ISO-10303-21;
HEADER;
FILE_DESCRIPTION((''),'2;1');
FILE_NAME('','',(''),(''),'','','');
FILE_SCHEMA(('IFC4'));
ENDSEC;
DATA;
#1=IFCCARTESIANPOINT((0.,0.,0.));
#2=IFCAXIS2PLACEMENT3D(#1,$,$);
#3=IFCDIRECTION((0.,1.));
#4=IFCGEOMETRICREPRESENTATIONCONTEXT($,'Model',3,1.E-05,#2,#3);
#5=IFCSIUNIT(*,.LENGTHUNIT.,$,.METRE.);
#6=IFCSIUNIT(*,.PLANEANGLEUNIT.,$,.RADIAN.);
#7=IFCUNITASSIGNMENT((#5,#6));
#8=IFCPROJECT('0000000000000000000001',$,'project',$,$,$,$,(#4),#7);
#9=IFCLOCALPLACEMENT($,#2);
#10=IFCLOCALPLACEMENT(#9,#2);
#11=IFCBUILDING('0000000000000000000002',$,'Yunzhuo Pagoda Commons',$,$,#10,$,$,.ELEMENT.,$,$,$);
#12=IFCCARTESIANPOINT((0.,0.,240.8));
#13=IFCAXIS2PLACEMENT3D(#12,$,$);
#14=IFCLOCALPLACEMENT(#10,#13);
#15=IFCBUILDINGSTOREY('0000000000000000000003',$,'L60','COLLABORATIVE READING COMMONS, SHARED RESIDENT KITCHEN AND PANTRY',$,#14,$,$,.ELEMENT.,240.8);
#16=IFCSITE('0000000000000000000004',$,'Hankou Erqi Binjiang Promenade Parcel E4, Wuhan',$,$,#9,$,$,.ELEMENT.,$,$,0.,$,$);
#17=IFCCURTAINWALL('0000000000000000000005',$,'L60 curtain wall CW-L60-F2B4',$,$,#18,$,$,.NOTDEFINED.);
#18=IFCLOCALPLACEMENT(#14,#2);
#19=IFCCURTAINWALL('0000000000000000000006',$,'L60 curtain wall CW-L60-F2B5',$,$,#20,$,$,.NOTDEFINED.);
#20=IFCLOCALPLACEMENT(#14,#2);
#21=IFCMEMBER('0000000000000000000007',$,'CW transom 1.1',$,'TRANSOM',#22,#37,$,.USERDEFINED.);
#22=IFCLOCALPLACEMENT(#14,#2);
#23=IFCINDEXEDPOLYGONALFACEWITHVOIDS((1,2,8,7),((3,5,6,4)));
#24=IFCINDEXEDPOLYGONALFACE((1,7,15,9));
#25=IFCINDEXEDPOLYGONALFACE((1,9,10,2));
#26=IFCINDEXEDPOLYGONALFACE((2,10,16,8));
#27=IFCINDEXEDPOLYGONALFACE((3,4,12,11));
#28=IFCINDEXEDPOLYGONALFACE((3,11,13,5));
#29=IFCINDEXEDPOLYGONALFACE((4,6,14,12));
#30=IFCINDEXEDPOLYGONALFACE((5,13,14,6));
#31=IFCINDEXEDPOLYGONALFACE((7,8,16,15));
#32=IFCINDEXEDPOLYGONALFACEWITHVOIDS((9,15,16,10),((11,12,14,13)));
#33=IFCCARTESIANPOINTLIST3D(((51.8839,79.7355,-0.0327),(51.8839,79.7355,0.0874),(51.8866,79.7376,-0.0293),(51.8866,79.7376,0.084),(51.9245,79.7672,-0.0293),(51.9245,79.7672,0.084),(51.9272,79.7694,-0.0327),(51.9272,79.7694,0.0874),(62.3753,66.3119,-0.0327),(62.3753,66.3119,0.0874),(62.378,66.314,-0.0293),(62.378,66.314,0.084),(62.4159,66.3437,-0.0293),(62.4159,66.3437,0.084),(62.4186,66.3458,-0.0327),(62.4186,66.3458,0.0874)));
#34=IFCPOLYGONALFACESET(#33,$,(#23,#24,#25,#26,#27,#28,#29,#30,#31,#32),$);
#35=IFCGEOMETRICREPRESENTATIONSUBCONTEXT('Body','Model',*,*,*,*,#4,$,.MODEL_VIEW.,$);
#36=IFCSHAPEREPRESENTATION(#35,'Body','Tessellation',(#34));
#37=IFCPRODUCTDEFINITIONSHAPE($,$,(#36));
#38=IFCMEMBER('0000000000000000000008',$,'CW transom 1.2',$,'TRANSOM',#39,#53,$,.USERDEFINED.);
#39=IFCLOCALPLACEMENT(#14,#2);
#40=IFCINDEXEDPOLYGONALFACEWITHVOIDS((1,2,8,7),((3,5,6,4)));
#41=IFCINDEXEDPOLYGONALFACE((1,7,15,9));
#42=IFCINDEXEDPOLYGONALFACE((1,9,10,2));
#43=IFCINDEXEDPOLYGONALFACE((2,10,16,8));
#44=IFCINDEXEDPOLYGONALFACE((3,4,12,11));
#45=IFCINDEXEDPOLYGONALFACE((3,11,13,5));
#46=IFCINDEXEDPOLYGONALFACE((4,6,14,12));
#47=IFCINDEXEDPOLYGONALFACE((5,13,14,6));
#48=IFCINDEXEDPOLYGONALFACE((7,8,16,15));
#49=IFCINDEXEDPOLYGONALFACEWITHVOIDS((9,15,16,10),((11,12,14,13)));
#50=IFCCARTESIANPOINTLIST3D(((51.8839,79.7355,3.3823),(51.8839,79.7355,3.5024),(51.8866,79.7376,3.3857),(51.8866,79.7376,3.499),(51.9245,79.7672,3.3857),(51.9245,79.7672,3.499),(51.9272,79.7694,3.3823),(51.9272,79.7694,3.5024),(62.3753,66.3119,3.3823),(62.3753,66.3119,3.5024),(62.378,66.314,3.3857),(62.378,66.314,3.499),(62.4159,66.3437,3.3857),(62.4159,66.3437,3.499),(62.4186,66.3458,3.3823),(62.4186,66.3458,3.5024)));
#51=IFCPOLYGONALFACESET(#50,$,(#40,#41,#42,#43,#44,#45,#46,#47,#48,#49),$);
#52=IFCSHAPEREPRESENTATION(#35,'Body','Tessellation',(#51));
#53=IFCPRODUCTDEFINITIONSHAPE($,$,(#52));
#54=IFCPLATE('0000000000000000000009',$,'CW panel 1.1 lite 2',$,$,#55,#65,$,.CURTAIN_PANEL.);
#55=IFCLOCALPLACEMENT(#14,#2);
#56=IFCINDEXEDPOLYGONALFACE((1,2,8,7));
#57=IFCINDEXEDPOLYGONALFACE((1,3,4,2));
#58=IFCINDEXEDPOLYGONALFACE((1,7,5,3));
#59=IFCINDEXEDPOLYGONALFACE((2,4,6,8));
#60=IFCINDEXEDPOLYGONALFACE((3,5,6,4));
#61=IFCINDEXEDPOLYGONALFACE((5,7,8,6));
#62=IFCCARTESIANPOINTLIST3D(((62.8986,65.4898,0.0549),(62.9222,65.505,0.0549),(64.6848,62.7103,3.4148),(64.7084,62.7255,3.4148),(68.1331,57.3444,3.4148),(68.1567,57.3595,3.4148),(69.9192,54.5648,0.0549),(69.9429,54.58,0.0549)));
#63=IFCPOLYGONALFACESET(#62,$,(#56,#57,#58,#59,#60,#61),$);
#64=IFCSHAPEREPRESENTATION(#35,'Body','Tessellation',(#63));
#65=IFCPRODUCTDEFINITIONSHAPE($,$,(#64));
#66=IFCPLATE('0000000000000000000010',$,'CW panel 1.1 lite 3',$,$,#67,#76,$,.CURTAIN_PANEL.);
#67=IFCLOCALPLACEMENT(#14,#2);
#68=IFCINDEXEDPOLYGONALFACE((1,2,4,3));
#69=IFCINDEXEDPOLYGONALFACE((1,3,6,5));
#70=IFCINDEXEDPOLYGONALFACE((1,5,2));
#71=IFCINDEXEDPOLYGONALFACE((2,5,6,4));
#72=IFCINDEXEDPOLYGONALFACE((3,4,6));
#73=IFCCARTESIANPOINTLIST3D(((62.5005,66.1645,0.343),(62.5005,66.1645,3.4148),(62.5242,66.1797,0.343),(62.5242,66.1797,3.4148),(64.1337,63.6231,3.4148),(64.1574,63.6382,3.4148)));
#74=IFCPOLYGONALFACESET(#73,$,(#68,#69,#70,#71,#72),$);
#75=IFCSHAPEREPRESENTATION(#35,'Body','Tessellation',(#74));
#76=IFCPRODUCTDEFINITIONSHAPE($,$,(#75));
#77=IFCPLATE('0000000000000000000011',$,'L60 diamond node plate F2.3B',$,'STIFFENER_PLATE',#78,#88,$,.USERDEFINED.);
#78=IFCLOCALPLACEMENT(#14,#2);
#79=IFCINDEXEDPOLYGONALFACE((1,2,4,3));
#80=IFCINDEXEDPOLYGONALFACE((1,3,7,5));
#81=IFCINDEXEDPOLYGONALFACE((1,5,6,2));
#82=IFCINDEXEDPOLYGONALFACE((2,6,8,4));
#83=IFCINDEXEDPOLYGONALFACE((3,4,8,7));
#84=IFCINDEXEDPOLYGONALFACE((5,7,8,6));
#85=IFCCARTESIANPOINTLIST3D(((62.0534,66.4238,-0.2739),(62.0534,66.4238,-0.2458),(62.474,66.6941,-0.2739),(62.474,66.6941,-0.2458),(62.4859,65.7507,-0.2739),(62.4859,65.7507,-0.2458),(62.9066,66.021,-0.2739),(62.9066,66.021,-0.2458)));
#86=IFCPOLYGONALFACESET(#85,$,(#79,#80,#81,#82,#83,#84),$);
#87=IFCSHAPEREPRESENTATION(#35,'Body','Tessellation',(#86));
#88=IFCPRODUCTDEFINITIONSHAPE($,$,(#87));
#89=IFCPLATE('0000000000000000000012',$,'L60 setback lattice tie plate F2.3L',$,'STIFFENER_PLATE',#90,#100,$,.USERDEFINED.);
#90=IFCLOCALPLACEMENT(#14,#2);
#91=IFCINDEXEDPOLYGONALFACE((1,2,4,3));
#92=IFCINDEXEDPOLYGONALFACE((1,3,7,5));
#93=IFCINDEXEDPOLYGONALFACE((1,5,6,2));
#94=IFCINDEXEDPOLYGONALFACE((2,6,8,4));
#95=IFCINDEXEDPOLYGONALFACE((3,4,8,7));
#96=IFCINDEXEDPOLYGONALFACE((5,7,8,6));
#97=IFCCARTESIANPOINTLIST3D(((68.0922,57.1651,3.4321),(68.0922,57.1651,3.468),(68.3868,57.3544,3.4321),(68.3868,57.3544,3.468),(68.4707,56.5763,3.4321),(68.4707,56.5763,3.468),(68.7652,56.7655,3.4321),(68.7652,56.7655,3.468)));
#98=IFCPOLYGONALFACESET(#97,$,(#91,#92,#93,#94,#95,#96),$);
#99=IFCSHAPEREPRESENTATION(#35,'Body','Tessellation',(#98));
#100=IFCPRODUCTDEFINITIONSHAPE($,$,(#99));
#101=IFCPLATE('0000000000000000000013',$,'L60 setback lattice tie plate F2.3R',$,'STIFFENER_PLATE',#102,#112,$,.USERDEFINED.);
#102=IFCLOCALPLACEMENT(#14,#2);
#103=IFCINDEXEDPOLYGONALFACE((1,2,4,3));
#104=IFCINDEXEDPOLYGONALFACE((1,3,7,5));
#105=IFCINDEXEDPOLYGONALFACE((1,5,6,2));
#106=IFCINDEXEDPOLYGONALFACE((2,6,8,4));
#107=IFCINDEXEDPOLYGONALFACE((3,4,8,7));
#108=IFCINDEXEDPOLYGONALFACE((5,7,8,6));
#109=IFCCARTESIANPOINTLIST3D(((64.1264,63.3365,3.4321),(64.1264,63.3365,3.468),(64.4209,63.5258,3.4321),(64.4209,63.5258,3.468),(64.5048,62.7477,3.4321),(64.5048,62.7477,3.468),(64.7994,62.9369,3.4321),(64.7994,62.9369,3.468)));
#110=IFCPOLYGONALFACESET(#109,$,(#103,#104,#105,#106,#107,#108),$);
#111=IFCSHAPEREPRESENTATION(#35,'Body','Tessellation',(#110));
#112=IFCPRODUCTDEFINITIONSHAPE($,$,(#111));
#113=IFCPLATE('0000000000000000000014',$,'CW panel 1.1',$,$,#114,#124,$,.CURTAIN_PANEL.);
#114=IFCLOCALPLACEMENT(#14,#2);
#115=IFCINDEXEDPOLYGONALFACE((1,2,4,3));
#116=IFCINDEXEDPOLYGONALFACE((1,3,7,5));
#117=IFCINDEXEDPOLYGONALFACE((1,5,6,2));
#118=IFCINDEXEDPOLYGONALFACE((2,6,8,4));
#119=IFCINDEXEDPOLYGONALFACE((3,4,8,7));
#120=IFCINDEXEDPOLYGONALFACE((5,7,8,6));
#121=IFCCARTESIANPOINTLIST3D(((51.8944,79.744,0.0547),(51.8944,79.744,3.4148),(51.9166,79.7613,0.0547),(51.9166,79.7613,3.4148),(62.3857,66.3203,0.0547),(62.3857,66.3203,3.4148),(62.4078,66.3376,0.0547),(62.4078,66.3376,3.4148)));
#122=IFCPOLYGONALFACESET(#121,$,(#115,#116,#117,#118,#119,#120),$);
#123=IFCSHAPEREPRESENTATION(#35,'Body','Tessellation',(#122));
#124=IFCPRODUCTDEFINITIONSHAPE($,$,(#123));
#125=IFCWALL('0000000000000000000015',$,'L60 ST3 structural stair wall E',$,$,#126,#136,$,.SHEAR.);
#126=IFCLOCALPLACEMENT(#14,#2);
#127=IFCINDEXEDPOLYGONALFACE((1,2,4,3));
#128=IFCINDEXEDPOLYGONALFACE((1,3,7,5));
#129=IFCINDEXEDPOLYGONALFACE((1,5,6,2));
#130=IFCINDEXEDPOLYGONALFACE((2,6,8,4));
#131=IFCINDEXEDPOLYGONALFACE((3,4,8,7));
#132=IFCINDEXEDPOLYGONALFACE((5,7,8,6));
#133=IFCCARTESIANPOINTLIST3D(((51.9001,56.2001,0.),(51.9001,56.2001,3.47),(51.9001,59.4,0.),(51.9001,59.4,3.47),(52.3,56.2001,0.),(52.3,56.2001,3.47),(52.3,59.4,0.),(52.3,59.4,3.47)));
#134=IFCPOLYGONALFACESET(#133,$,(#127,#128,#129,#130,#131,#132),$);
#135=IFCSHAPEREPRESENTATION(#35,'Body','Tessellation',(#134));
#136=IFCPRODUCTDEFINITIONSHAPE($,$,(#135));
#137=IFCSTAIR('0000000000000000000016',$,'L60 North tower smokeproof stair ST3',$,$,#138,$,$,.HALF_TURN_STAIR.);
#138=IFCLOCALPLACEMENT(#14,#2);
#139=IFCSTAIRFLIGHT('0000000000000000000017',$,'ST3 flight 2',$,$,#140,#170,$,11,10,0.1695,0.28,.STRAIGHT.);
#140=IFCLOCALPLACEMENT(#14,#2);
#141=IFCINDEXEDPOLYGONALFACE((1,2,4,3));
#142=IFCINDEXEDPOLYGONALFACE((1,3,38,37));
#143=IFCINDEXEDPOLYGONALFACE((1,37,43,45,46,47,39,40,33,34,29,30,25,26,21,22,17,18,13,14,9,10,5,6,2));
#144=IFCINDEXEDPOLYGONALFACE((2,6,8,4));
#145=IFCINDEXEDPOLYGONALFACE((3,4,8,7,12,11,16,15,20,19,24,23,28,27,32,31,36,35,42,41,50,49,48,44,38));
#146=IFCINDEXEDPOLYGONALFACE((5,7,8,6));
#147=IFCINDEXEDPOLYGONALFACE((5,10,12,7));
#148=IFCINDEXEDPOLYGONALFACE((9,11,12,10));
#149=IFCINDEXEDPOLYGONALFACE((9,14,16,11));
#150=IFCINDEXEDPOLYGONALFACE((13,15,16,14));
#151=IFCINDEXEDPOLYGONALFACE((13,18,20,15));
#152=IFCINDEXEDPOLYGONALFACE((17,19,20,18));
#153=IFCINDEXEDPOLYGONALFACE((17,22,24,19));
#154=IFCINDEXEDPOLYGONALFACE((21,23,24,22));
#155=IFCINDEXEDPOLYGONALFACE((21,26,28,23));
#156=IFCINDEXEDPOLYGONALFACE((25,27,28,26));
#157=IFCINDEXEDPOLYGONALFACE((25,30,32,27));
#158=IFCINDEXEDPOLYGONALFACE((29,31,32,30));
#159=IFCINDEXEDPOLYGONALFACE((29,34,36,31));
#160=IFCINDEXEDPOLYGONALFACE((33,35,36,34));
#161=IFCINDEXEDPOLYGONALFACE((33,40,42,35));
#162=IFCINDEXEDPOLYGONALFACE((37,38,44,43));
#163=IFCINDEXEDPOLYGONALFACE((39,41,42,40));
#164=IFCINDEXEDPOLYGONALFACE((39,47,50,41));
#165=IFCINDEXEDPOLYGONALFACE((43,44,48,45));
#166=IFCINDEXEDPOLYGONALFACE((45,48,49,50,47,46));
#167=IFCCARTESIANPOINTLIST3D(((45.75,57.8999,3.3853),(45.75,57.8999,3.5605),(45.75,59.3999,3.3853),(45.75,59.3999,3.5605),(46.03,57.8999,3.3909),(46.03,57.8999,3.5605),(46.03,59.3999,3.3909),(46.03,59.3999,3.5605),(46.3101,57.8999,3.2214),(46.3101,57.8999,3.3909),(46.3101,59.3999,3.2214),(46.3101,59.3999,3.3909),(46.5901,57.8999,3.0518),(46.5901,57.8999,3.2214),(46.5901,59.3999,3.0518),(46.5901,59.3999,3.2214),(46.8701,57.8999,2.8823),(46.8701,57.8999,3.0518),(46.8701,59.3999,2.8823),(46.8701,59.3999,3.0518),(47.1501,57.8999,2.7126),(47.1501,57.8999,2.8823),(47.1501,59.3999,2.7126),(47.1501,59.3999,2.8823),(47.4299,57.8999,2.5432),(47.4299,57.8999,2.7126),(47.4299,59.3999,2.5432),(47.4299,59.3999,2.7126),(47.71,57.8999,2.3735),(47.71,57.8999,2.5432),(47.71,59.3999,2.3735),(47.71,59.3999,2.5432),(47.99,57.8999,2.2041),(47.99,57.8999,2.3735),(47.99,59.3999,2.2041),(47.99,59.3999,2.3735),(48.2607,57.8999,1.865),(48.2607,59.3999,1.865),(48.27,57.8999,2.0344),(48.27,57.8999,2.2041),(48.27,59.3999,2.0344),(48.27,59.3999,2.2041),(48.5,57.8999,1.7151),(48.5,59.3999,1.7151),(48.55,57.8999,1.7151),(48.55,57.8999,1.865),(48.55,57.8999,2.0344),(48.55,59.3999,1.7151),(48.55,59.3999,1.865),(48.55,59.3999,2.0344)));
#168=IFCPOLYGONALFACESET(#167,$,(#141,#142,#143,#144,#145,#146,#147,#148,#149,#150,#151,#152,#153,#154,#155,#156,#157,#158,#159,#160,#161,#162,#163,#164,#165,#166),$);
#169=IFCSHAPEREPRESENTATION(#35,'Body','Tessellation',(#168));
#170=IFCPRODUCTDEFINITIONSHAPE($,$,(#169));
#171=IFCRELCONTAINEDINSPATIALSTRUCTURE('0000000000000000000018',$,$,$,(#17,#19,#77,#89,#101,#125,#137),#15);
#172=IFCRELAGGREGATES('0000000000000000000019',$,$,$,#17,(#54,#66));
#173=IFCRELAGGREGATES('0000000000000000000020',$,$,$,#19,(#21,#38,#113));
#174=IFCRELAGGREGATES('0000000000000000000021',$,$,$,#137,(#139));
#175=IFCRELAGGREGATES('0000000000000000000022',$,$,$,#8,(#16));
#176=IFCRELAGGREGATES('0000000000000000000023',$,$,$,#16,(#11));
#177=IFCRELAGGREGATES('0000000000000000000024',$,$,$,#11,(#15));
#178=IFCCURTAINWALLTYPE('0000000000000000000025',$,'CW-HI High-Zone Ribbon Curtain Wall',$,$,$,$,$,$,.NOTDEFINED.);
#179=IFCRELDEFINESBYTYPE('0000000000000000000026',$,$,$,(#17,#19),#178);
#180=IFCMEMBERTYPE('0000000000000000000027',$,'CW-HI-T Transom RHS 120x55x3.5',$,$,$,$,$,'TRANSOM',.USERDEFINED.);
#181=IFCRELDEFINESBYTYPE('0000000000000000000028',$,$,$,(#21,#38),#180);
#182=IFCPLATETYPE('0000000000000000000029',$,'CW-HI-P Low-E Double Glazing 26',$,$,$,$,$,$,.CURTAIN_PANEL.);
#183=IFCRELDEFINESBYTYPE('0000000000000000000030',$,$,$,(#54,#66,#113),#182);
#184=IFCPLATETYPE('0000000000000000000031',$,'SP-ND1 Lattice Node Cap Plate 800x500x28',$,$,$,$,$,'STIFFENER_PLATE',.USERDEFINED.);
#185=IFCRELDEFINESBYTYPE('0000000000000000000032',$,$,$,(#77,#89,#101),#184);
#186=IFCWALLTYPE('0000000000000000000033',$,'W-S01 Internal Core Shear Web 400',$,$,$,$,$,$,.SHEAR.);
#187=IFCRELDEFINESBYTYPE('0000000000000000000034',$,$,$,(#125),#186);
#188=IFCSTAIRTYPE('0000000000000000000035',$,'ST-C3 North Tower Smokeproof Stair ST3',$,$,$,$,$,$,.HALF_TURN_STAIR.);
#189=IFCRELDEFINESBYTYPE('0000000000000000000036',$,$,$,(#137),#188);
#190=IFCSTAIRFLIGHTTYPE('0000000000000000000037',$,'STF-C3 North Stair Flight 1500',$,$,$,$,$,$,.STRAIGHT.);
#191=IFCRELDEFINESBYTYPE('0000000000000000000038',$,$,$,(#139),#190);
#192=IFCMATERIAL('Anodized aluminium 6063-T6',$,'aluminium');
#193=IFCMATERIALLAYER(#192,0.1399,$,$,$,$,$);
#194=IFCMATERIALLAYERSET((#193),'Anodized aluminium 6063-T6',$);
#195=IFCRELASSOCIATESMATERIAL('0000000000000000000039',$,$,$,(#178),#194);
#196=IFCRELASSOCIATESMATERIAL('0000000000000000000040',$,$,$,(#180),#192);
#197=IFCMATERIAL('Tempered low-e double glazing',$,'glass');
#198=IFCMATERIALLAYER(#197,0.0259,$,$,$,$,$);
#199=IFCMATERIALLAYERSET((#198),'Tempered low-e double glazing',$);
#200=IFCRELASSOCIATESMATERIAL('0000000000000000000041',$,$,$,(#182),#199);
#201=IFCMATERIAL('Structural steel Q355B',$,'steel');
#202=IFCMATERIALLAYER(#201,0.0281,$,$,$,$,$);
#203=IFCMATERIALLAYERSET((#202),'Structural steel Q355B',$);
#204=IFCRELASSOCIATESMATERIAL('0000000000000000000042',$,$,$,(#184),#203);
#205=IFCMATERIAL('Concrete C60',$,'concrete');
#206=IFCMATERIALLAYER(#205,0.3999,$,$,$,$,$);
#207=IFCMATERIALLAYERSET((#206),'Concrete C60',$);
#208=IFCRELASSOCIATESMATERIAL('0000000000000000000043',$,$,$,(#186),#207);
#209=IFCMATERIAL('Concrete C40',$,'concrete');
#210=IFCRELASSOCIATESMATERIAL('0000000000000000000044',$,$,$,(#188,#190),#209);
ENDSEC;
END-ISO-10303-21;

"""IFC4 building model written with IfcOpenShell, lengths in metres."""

from ifc_helpers import new_model, si_unit, direction, frame, frame_2d, origin, origin_2d, place, context, subcontext, project, spatial, polyline, rectangle, hollow_rectangle, outline, extrude, source, transform, mapped, material, layer, layer_set, material_profile, profile_set, type_object, element, aggregate, save


model = new_model("IFC4")

# Units and contexts
model_context = context("Model", 3, precision=1e-05, world=origin(), true_north=direction((0.0, 1.0)))
body_context = subcontext(model_context, "Body", "Model", "MODEL_VIEW")
ifc_project = project(units=[si_unit("LENGTHUNIT", "METRE"), si_unit("PLANEANGLEUNIT", "RADIAN")], contexts=[model_context])

# Site, building, storey
site_placement = place(None, origin())
site = spatial("IfcSite", under=ifc_project, at=site_placement, Name="Hankou Erqi Binjiang Promenade Parcel E4, Wuhan", CompositionType="ELEMENT", RefElevation=0.0)
building_placement = place(site_placement, origin())
building = spatial("IfcBuilding", under=site, at=building_placement, Name="Yunzhuo Pagoda Commons", CompositionType="ELEMENT")
storey_placement = place(building_placement, frame((0.0, 0.0, 240.8)))
storey = spatial("IfcBuildingStorey", under=building, at=storey_placement, Name="L60", Description="COLLABORATIVE READING COMMONS, SHARED RESIDENT KITCHEN AND PANTRY", CompositionType="ELEMENT", Elevation=240.8)

# Shared definitions
ifc_material_1 = material(Name="Structural steel Q355B", Category="steel")

# Curtain wall
ifc_material_2 = material(Name="Anodized aluminium 6063-T6", Category="aluminium")
ifc_layer_1 = layer(ifc_material_2, 0.1399)
ifc_layer_set_1 = layer_set([ifc_layer_1], Name="Anodized aluminium 6063-T6")
curtain_wall_type = type_object("IfcCurtainWallType", Name="CW-HI High-Zone Ribbon Curtain Wall", PredefinedType="NOTDEFINED", material=ifc_layer_set_1)
curtain_wall_1_placement = place(storey_placement, origin())
curtain_wall_1 = element("IfcCurtainWall", 1, at=curtain_wall_1_placement, inside=storey, type_object=curtain_wall_type, Name="L60 curtain wall CW-L60-F2B4", PredefinedType="NOTDEFINED")

# Curtain wall, members
curtain_wall_2_placement = place(storey_placement, origin())
curtain_wall_2 = element("IfcCurtainWall", 2, at=curtain_wall_2_placement, inside=storey, type_object=curtain_wall_type, Name="L60 curtain wall CW-L60-F2B5", PredefinedType="NOTDEFINED")
ifc_material_profile_1 = material_profile(ifc_material_2, hollow_rectangle(XDim=0.0549, YDim=0.1201, WallThickness=0.0034, at=origin_2d()), Name="Anodized aluminium 6063-T6")
ifc_profile_set_1 = profile_set([ifc_material_profile_1], Name="Anodized aluminium 6063-T6")
member_type_1 = type_object("IfcMemberType", Name="CW-HI-T Transom RHS 120x55x3.5", ElementType="TRANSOM", PredefinedType="USERDEFINED", material=ifc_profile_set_1)
shared_shape_1 = source(origin(), body_context, "Body", "SweptSolid", [
    extrude(hollow_rectangle(XDim=0.0549, YDim=0.1201, WallThickness=0.0034, at=origin_2d()), origin(), (0.0, 0.0, 1.0), 17.0371),
])
member_1_placement = place(storey_placement, frame((62.397, 66.3289, 0.0273), z_axis=(-0.6158, 0.787902, 0.0), x_axis=(-0.787902, -0.6158, 0.0)))
member_1 = element("IfcMember", 3, at=member_1_placement, type_object=member_type_1, Name="CW transom 1.1", ObjectType="TRANSOM", PredefinedType="USERDEFINED", context=body_context, shape_type="MappedRepresentation", body=[
    mapped(shared_shape_1, transform((0.0, 0.0, 0.0), scale=1.0)),
])
member_2_placement = place(storey_placement, frame((62.397, 66.3289, 3.4424), z_axis=(-0.6158, 0.787902, 0.0), x_axis=(-0.787902, -0.6158, 0.0)))
member_2 = element("IfcMember", 4, at=member_2_placement, type_object=member_type_1, Name="CW transom 1.2", ObjectType="TRANSOM", PredefinedType="USERDEFINED", context=body_context, shape_type="MappedRepresentation", body=[
    mapped(shared_shape_1, transform((0.0, 0.0, 0.0), scale=1.0)),
])

# Plates
ifc_material_3 = material(Name="Tempered low-e double glazing", Category="glass")
ifc_layer_2 = layer(ifc_material_3, 0.0259)
ifc_layer_set_2 = layer_set([ifc_layer_2], Name="Tempered low-e double glazing")
plate_type_1 = type_object("IfcPlateType", Name="CW-HI-P Low-E Double Glazing 26", PredefinedType="CURTAIN_PANEL", material=ifc_layer_set_2)
plate_1_placement = place(storey_placement, frame((66.4089, 60.0273, 1.7349), z_axis=(0.841269, 0.540617, 0.0), x_axis=(-0.540617, 0.841269, 0.0)))
plate_1 = element("IfcPlate", 5, at=plate_1_placement, type_object=plate_type_1, Name="CW panel 1.1 lite 2", PredefinedType="CURTAIN_PANEL", context=body_context, shape_type="SweptSolid", body=[
    extrude(outline(polyline([(-6.4932, -1.6799), (6.4932, -1.6799), (3.1892, 1.6799), (-3.1892, 1.6799), (-6.4932, -1.6799)])), origin(), (0.0, 0.0, 1.0), 0.0281),
])
plate_2_placement = place(storey_placement, frame((63.3171, 64.8938, 1.8789), z_axis=(0.841269, 0.540617, 0.0), x_axis=(-0.540617, 0.841269, 0.0)))
plate_2 = element("IfcPlate", 6, at=plate_2_placement, type_object=plate_type_1, Name="CW panel 1.1 lite 3", PredefinedType="CURTAIN_PANEL", context=body_context, shape_type="SweptSolid", body=[
    extrude(outline(polyline([(-1.5105, 1.5359), (1.5105, -1.5359), (1.5105, 1.5359), (-1.5105, 1.5359)])), origin(), (0.0, 0.0, 1.0), 0.0281),
])
aggregate(curtain_wall_1, [plate_1, plate_2])

# Plates
ifc_layer_3 = layer(ifc_material_1, 0.0281)
ifc_layer_set_3 = layer_set([ifc_layer_3], Name="Structural steel Q355B")
plate_type_2 = type_object("IfcPlateType", Name="SP-ND1 Lattice Node Cap Plate 800x500x28", ElementType="STIFFENER_PLATE", PredefinedType="USERDEFINED", material=ifc_layer_set_3)
shared_shape_2 = source(origin(), body_context, "Body", "SweptSolid", [
    extrude(rectangle(XDim=0.8, YDim=0.5, at=origin_2d()), origin(), (0.0, 0.0, 1.0), 0.0281),
])
plate_3_placement = place(storey_placement, frame((62.48, 66.2224, -0.2739), z_axis=(0.0, 0.0, 1.0), x_axis=(-0.540622, 0.841266, 0.0)))
element("IfcPlate", 7, at=plate_3_placement, inside=storey, type_object=plate_type_2, Name="L60 diamond node plate F2.3B", ObjectType="STIFFENER_PLATE", PredefinedType="USERDEFINED", context=body_context, shape_type="MappedRepresentation", body=[
    mapped(shared_shape_2, transform((0.0, 0.0, 0.0), scale=1.0)),
])
shared_shape_3 = source(origin(), body_context, "Body", "SweptSolid", [
    extrude(rectangle(XDim=0.7, YDim=0.3501, at=origin_2d()), origin(), (0.0, 0.0, 1.0), 0.0359),
])
for number, where, z_axis, x_axis, name in (
    (8, (68.4287, 56.9653, 3.4321), (0.0, 0.0, 1.0), (-0.540622, 0.841266, 0.0), "L60 setback lattice tie plate F2.3L"),
    (9, (64.4629, 63.1367, 3.4321), (0.0, 0.0, 1.0), (-0.540622, 0.841266, 0.0), "L60 setback lattice tie plate F2.3R"),
):
    element("IfcPlate", number, at=place(storey_placement, frame(where, z_axis=z_axis, x_axis=x_axis)), inside=storey, type_object=plate_type_2, Name=name, ObjectType="STIFFENER_PLATE", PredefinedType="USERDEFINED", context=body_context, shape_type="MappedRepresentation", body=[
        mapped(shared_shape_3, transform((0.0, 0.0, 0.0), scale=1.0)),
    ])

# Plate
shared_shape_4 = source(origin(), body_context, "Body", "SweptSolid", [
    extrude(rectangle(XDim=17.0371, YDim=0.0281, at=origin_2d()), origin(), (0.0, 0.0, 1.0), 3.3601),
])
plate_4_placement = place(storey_placement, frame((57.1511, 73.0408, 0.0547), z_axis=(0.0, 0.0, 1.0), x_axis=(-0.615789, 0.787911, 0.0)))
plate_4 = element("IfcPlate", 10, at=plate_4_placement, type_object=plate_type_1, Name="CW panel 1.1", PredefinedType="CURTAIN_PANEL", context=body_context, shape_type="MappedRepresentation", body=[
    mapped(shared_shape_4, transform((0.0, 0.0, 0.0), scale=1.0)),
])
aggregate(curtain_wall_2, [member_1, member_2, plate_4])

# Wall
ifc_material_4 = material(Name="Concrete C60", Category="concrete")
ifc_layer_4 = layer(ifc_material_4, 0.3999)
ifc_layer_set_4 = layer_set([ifc_layer_4], Name="Concrete C60")
wall_type_1 = type_object("IfcWallType", Name="W-S01 Internal Core Shear Web 400", PredefinedType="SHEAR", material=ifc_layer_set_4)
wall_1_placement = place(storey_placement, frame((52.1001, 56.2, 0.0), z_axis=(0.0, 0.0, 1.0), x_axis=(0.0, 1.0, 0.0)))
element("IfcWall", 11, at=wall_1_placement, inside=storey, type_object=wall_type_1, Name="L60 ST3 structural stair wall E", PredefinedType="SHEAR", context=body_context, shape_type="SweptSolid", body=[
    extrude(rectangle(XDim=3.2, YDim=0.3999, at=frame_2d((1.6001, 0.0))), origin(), (0.0, 0.0, 1.0), 3.47),
])

# Stair, stair flight
ifc_material_5 = material(Name="Concrete C40", Category="concrete")
stair_type = type_object("IfcStairType", Name="ST-C3 North Tower Smokeproof Stair ST3", PredefinedType="HALF_TURN_STAIR", material=ifc_material_5)
stair_placement = place(storey_placement, origin())
stair = element("IfcStair", 12, at=stair_placement, inside=storey, type_object=stair_type, Name="L60 North tower smokeproof stair ST3", PredefinedType="HALF_TURN_STAIR")
stair_flight_type = type_object("IfcStairFlightType", Name="STF-C3 North Stair Flight 1500", PredefinedType="STRAIGHT", material=ifc_material_5)
shared_shape_5 = source(origin(), body_context, "Body", "SweptSolid", [
    extrude(outline(polyline([(0.0, -0.1499), (0.0, 0.0), (0.0, 0.1694), (0.28, 0.1694), (0.28, 0.3391), (0.5601, 0.3391), (0.5601, 0.5085), (0.8401, 0.5085), (0.8401, 0.6782), (1.1201, 0.6782), (1.1201, 0.8477), (1.3999, 0.8477), (1.3999, 1.0173), (1.6799, 1.0173), (1.6799, 1.1868), (1.96, 1.1868), (1.96, 1.3564), (2.24, 1.3564), (2.24, 1.5259), (2.52, 1.5259), (2.52, 1.6956), (2.8, 1.6956), (2.8, 1.865), (2.8, 1.5203), (0.2893, 0.0), (0.05, -0.1499), (0.0, -0.1499)])), frame((0.0, 0.75, 0.0), z_axis=(0.0, -1.0, 0.0), x_axis=(1.0, 0.0, 0.0)), (0.0, 0.0, 1.0), 1.5),
])
stair_flight_placement = place(storey_placement, frame((48.55, 58.6499, 1.865), z_axis=(0.0, 0.0, 1.0), x_axis=(-1.0, 0.0, 0.0)))
stair_flight = element("IfcStairFlight", 13, at=stair_flight_placement, type_object=stair_flight_type, Name="ST3 flight 2", NumberOfRisers=11, NumberOfTreads=10, PredefinedType="STRAIGHT", RiserHeight=0.1695, TreadLength=0.28, context=body_context, shape_type="MappedRepresentation", body=[
    mapped(shared_shape_5, transform((0.0, 0.0, 0.0), scale=1.0)),
])
aggregate(stair, [stair_flight])

save(model, "model.ifc")
